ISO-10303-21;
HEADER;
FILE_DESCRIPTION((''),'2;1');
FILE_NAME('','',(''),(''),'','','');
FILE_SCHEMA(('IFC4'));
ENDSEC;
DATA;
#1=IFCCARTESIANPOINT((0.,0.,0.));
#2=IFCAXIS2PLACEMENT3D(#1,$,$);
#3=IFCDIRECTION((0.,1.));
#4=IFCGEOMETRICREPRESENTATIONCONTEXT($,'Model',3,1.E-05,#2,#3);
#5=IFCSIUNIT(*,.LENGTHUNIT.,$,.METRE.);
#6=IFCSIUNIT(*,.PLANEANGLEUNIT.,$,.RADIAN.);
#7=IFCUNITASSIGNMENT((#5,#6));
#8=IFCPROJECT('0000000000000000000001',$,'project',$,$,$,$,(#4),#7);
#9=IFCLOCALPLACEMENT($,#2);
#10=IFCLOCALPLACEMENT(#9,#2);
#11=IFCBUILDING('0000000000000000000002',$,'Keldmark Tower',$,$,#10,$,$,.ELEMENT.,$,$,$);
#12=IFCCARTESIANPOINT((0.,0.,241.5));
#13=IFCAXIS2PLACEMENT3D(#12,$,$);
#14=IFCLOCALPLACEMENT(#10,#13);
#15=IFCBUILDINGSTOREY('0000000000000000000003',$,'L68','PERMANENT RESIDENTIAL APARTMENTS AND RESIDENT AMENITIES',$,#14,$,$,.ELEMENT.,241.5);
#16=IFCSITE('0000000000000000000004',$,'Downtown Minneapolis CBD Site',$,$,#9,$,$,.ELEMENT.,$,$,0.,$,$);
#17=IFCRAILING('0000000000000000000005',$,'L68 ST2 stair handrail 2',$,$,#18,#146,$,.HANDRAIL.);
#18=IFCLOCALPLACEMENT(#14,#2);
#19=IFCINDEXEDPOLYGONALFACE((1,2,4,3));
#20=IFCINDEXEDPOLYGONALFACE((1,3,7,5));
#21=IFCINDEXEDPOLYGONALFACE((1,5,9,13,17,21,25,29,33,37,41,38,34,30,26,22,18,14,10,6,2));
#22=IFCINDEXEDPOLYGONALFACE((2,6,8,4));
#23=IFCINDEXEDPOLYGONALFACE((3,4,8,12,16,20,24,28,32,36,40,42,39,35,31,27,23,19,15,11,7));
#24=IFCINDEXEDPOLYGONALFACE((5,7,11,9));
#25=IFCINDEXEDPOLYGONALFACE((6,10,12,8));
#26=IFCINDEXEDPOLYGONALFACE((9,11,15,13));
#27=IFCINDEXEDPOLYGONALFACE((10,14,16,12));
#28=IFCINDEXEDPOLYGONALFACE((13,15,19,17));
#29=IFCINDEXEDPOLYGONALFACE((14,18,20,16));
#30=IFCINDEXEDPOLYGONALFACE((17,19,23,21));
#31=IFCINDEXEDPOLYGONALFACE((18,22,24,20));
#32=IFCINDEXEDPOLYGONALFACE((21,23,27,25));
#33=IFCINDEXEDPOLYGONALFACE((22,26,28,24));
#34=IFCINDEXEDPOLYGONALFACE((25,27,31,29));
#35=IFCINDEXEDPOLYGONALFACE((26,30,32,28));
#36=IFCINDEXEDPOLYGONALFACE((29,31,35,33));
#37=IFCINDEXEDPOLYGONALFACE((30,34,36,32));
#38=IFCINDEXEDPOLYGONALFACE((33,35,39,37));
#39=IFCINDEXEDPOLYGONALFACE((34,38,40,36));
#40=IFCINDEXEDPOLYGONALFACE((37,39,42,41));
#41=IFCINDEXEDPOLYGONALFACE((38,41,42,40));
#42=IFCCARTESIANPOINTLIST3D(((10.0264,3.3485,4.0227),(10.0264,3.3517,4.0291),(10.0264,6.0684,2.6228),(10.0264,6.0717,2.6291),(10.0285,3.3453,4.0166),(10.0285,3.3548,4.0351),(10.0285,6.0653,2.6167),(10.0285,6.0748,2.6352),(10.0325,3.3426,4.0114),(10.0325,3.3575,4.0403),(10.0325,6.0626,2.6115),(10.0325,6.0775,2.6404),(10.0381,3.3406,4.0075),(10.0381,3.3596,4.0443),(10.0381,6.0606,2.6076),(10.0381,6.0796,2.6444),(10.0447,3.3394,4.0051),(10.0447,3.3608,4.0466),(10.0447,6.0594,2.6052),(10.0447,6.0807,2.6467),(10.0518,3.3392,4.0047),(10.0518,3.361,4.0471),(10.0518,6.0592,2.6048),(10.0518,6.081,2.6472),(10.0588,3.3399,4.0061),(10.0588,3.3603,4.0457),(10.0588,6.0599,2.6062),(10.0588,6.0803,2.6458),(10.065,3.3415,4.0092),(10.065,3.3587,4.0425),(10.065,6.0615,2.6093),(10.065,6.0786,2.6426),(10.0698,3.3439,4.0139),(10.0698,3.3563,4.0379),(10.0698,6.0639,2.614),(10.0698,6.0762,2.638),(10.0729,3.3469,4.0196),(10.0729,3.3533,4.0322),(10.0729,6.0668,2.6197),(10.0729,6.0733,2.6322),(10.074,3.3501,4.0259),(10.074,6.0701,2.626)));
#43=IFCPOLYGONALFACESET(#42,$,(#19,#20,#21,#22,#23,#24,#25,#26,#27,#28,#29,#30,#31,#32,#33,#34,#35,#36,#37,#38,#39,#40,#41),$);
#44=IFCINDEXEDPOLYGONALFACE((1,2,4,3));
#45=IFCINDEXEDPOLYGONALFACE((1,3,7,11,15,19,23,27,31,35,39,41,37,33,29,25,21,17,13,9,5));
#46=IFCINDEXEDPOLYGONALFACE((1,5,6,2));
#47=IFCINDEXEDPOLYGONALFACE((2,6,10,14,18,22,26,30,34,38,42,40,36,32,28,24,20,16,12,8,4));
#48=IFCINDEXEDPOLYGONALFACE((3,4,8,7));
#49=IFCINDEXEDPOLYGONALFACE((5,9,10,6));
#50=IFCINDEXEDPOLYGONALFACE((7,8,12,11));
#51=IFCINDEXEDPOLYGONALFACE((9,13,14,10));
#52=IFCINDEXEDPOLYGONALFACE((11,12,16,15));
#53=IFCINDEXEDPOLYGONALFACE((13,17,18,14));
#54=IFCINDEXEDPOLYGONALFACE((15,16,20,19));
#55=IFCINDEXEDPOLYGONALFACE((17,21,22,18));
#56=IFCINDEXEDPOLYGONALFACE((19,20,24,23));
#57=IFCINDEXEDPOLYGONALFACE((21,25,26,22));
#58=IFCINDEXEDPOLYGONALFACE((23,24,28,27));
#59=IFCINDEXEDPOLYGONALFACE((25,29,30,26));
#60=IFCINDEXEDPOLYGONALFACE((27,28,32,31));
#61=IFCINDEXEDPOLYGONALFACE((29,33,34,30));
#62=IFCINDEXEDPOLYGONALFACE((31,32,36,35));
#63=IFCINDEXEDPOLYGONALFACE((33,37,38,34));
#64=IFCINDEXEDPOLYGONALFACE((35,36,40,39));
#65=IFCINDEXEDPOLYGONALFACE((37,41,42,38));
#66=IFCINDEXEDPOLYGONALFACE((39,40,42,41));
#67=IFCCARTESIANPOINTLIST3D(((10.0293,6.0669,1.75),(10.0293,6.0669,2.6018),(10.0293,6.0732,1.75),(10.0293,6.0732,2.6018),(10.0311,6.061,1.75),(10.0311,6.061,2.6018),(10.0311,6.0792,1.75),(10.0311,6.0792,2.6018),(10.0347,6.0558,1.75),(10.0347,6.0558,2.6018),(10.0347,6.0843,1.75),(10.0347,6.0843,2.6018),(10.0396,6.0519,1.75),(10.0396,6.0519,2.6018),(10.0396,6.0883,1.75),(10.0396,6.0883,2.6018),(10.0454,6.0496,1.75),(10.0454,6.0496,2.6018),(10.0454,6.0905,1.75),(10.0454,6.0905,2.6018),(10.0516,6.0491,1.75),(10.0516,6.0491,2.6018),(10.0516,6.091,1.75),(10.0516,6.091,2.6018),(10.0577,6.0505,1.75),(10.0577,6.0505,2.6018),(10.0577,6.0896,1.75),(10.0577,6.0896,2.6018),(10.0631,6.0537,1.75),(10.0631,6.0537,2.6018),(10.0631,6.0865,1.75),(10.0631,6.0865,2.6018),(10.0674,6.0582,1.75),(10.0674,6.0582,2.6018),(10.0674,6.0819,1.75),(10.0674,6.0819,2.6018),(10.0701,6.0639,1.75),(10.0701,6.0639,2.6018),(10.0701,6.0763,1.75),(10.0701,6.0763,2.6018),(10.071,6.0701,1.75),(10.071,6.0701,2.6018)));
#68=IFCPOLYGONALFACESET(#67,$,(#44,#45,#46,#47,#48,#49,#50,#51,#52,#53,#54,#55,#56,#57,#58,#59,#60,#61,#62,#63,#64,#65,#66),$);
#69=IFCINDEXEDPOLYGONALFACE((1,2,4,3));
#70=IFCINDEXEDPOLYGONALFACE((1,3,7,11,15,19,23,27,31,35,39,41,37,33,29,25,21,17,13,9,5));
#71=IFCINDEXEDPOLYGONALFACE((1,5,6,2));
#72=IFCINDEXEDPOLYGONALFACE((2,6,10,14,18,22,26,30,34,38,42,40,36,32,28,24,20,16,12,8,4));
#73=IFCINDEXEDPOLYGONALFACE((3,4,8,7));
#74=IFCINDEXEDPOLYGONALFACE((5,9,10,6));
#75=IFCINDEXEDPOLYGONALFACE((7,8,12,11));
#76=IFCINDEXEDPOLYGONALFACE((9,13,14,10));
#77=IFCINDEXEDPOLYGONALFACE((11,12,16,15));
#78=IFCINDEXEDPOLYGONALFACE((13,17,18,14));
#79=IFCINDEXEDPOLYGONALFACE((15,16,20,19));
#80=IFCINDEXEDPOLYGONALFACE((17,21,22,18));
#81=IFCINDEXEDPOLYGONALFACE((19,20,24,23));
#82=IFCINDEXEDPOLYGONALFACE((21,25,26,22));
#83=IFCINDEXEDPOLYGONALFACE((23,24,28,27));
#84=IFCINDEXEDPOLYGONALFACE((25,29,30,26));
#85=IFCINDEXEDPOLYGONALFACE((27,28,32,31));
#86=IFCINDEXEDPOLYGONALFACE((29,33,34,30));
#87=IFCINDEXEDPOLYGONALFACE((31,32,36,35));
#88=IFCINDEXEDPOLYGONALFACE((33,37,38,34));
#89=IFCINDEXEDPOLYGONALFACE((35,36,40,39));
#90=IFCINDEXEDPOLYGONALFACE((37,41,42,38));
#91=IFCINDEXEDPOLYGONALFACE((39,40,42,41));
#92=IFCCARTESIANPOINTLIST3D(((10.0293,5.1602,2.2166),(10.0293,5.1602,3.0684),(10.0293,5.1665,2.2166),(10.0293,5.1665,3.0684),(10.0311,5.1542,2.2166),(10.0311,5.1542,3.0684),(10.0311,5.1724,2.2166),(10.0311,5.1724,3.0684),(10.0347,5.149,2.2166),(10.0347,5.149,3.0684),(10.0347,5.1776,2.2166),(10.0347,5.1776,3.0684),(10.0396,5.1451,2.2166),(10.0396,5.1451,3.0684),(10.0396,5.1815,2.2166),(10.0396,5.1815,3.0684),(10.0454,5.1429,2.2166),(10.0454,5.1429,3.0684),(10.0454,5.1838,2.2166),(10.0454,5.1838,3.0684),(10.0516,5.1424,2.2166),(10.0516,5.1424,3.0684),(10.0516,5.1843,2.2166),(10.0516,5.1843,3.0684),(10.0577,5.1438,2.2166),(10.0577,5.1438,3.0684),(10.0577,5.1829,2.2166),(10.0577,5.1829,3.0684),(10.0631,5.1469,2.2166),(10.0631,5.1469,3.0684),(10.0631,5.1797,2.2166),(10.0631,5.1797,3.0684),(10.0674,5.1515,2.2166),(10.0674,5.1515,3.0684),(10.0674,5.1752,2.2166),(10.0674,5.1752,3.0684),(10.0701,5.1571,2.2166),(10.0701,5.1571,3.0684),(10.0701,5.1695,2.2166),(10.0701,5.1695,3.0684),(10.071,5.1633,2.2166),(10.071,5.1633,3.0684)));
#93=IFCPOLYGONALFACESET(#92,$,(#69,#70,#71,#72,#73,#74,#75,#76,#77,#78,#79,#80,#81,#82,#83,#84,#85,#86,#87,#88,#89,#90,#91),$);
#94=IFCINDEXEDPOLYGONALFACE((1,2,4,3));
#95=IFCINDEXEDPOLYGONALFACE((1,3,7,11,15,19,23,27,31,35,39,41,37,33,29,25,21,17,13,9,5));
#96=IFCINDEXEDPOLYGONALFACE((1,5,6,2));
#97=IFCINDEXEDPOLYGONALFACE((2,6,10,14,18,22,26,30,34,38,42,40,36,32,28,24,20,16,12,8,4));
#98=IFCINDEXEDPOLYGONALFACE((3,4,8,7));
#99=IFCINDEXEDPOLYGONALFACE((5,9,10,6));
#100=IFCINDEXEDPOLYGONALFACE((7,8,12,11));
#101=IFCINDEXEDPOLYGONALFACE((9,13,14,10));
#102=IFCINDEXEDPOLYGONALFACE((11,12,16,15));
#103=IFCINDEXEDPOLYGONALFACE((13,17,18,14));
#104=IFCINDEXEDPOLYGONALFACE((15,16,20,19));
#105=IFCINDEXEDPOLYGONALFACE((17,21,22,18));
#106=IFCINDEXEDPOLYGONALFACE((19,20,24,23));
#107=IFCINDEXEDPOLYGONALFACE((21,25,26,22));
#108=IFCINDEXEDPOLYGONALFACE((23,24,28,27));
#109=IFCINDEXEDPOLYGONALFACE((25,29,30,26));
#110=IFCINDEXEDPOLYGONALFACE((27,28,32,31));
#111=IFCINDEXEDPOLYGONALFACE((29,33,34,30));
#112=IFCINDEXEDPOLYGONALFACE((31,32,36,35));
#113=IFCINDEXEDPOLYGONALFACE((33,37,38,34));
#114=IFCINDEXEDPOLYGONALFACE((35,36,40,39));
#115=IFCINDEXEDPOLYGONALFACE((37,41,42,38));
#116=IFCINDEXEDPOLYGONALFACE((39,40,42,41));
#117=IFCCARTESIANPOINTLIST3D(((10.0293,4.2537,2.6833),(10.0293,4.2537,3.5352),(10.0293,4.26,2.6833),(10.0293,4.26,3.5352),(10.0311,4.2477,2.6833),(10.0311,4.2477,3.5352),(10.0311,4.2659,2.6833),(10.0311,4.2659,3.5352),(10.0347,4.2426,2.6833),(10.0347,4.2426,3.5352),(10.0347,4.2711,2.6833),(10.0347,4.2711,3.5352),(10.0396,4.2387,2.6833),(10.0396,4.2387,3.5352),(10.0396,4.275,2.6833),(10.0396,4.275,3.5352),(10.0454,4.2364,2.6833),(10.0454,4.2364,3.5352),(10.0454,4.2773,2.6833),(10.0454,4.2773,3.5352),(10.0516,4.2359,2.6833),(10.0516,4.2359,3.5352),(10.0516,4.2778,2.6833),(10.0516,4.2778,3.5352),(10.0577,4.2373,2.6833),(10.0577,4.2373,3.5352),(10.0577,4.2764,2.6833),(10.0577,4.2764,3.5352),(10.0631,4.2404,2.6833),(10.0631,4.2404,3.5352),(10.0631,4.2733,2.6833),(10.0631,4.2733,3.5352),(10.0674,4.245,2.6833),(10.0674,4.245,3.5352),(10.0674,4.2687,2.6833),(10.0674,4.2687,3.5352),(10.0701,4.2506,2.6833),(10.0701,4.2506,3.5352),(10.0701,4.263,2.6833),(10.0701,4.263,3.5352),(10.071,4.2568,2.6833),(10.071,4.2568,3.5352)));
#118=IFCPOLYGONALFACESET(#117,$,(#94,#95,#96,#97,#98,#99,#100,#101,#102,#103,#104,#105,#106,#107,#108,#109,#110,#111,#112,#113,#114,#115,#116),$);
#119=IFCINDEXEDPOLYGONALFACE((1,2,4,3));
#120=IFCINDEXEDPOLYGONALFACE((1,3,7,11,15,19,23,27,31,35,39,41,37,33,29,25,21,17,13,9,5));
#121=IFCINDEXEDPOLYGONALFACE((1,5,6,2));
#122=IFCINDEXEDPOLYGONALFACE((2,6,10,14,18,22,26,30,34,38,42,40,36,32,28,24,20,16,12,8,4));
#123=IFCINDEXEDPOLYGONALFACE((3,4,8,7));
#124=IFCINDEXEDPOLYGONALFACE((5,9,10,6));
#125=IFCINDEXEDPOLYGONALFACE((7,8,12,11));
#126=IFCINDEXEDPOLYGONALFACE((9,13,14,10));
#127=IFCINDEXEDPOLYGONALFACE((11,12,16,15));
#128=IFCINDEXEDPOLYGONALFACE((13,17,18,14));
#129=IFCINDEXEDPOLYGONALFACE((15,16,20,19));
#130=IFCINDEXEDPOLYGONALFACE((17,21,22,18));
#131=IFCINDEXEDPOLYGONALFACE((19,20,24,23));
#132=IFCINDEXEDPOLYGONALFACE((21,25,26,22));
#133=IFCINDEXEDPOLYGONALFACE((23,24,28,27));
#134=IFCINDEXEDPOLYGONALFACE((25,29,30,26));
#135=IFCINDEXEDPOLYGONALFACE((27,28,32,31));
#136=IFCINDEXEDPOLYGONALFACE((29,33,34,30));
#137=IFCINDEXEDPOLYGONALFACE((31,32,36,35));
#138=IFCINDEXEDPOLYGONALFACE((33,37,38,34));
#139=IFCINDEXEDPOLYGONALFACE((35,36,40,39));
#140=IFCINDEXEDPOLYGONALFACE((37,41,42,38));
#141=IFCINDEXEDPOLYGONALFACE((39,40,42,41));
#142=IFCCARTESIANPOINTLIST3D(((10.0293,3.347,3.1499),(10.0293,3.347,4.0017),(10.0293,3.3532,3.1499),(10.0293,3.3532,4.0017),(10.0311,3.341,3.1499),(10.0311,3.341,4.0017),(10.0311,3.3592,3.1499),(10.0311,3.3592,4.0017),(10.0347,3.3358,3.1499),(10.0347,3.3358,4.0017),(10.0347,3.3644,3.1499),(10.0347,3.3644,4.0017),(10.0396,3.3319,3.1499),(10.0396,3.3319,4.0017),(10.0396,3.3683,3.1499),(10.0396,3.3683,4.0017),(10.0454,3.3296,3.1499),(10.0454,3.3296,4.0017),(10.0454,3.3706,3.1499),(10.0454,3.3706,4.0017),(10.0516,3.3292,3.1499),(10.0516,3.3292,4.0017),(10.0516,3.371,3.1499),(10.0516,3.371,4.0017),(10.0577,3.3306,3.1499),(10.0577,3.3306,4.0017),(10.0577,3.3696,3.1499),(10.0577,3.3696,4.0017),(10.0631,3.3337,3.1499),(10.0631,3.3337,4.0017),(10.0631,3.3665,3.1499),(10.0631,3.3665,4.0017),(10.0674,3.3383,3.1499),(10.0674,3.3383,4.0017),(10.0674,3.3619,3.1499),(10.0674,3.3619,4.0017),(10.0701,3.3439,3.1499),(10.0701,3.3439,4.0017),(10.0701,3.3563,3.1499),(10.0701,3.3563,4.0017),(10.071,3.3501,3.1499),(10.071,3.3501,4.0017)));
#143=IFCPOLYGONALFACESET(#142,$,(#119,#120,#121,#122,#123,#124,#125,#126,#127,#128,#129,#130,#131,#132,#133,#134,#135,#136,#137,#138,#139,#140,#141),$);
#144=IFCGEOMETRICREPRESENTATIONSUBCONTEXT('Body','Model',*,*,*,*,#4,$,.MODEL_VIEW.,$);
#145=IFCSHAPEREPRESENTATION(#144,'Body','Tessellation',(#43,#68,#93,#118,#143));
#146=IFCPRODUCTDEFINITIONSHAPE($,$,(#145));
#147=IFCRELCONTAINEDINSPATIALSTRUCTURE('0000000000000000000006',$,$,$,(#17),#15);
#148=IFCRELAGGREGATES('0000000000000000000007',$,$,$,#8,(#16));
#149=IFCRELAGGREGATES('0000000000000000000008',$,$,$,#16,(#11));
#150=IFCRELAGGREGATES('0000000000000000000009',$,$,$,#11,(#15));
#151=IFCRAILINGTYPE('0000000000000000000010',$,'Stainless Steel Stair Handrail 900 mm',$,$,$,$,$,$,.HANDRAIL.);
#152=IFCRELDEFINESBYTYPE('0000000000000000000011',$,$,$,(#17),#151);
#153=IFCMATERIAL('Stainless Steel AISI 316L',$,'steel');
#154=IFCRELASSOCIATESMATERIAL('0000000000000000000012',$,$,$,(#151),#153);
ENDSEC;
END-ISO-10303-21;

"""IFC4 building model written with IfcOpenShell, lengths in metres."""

from ifc_helpers import new_model, si_unit, direction, frame, origin, origin_2d, place, context, subcontext, project, spatial, circle, extrude, material, type_object, element, save


model = new_model("IFC4")

# Units and contexts
model_context = context("Model", 3, precision=1e-05, world=origin(), true_north=direction((0.0, 1.0)))
body_context = subcontext(model_context, "Body", "Model", "MODEL_VIEW")
ifc_project = project(units=[si_unit("LENGTHUNIT", "METRE"), si_unit("PLANEANGLEUNIT", "RADIAN")], contexts=[model_context])

# Site, building, storey
site_placement = place(None, origin())
site = spatial("IfcSite", under=ifc_project, at=site_placement, Name="Downtown Minneapolis CBD Site", CompositionType="ELEMENT", RefElevation=0.0)
building_placement = place(site_placement, origin())
building = spatial("IfcBuilding", under=site, at=building_placement, Name="Keldmark Tower", CompositionType="ELEMENT")
storey_placement = place(building_placement, frame((0.0, 0.0, 241.5)))
storey = spatial("IfcBuildingStorey", under=building, at=storey_placement, Name="L68", Description="PERMANENT RESIDENTIAL APARTMENTS AND RESIDENT AMENITIES", CompositionType="ELEMENT", Elevation=241.5)

# Railing
ifc_material_1 = material(Name="Stainless Steel AISI 316L", Category="steel")
railing_type_1 = type_object("IfcRailingType", Name="Stainless Steel Stair Handrail 900 mm", PredefinedType="HANDRAIL", material=ifc_material_1)
railing_1_placement = place(storey_placement, frame((10.05, 6.0701, 1.75)))
element("IfcRailing", 1, at=railing_1_placement, inside=storey, type_object=railing_type_1, Name="L68 ST2 stair handrail 2", PredefinedType="HANDRAIL", context=body_context, shape_type="SweptSolid", body=[
    extrude(circle(Radius=0.0239, at=origin_2d()), frame((0.0, 0.0, 0.876), z_axis=(0.0, -0.889147, 0.457622), x_axis=(1.0, 0.0, 0.0)), (0.0, 0.0, 1.0), 3.0591),
    extrude(circle(Radius=0.021, at=origin_2d()), origin(), (0.0, 0.0, 1.0), 0.8518),
    extrude(circle(Radius=0.021, at=origin_2d()), frame((0.0, -0.9067, 0.4666)), (0.0, 0.0, 1.0), 0.8518),
    extrude(circle(Radius=0.021, at=origin_2d()), frame((0.0, -1.8132, 0.9333)), (0.0, 0.0, 1.0), 0.8518),
    extrude(circle(Radius=0.021, at=origin_2d()), frame((0.0, -2.72, 1.3999)), (0.0, 0.0, 1.0), 0.8518),
])

save(model, "model.ifc")
